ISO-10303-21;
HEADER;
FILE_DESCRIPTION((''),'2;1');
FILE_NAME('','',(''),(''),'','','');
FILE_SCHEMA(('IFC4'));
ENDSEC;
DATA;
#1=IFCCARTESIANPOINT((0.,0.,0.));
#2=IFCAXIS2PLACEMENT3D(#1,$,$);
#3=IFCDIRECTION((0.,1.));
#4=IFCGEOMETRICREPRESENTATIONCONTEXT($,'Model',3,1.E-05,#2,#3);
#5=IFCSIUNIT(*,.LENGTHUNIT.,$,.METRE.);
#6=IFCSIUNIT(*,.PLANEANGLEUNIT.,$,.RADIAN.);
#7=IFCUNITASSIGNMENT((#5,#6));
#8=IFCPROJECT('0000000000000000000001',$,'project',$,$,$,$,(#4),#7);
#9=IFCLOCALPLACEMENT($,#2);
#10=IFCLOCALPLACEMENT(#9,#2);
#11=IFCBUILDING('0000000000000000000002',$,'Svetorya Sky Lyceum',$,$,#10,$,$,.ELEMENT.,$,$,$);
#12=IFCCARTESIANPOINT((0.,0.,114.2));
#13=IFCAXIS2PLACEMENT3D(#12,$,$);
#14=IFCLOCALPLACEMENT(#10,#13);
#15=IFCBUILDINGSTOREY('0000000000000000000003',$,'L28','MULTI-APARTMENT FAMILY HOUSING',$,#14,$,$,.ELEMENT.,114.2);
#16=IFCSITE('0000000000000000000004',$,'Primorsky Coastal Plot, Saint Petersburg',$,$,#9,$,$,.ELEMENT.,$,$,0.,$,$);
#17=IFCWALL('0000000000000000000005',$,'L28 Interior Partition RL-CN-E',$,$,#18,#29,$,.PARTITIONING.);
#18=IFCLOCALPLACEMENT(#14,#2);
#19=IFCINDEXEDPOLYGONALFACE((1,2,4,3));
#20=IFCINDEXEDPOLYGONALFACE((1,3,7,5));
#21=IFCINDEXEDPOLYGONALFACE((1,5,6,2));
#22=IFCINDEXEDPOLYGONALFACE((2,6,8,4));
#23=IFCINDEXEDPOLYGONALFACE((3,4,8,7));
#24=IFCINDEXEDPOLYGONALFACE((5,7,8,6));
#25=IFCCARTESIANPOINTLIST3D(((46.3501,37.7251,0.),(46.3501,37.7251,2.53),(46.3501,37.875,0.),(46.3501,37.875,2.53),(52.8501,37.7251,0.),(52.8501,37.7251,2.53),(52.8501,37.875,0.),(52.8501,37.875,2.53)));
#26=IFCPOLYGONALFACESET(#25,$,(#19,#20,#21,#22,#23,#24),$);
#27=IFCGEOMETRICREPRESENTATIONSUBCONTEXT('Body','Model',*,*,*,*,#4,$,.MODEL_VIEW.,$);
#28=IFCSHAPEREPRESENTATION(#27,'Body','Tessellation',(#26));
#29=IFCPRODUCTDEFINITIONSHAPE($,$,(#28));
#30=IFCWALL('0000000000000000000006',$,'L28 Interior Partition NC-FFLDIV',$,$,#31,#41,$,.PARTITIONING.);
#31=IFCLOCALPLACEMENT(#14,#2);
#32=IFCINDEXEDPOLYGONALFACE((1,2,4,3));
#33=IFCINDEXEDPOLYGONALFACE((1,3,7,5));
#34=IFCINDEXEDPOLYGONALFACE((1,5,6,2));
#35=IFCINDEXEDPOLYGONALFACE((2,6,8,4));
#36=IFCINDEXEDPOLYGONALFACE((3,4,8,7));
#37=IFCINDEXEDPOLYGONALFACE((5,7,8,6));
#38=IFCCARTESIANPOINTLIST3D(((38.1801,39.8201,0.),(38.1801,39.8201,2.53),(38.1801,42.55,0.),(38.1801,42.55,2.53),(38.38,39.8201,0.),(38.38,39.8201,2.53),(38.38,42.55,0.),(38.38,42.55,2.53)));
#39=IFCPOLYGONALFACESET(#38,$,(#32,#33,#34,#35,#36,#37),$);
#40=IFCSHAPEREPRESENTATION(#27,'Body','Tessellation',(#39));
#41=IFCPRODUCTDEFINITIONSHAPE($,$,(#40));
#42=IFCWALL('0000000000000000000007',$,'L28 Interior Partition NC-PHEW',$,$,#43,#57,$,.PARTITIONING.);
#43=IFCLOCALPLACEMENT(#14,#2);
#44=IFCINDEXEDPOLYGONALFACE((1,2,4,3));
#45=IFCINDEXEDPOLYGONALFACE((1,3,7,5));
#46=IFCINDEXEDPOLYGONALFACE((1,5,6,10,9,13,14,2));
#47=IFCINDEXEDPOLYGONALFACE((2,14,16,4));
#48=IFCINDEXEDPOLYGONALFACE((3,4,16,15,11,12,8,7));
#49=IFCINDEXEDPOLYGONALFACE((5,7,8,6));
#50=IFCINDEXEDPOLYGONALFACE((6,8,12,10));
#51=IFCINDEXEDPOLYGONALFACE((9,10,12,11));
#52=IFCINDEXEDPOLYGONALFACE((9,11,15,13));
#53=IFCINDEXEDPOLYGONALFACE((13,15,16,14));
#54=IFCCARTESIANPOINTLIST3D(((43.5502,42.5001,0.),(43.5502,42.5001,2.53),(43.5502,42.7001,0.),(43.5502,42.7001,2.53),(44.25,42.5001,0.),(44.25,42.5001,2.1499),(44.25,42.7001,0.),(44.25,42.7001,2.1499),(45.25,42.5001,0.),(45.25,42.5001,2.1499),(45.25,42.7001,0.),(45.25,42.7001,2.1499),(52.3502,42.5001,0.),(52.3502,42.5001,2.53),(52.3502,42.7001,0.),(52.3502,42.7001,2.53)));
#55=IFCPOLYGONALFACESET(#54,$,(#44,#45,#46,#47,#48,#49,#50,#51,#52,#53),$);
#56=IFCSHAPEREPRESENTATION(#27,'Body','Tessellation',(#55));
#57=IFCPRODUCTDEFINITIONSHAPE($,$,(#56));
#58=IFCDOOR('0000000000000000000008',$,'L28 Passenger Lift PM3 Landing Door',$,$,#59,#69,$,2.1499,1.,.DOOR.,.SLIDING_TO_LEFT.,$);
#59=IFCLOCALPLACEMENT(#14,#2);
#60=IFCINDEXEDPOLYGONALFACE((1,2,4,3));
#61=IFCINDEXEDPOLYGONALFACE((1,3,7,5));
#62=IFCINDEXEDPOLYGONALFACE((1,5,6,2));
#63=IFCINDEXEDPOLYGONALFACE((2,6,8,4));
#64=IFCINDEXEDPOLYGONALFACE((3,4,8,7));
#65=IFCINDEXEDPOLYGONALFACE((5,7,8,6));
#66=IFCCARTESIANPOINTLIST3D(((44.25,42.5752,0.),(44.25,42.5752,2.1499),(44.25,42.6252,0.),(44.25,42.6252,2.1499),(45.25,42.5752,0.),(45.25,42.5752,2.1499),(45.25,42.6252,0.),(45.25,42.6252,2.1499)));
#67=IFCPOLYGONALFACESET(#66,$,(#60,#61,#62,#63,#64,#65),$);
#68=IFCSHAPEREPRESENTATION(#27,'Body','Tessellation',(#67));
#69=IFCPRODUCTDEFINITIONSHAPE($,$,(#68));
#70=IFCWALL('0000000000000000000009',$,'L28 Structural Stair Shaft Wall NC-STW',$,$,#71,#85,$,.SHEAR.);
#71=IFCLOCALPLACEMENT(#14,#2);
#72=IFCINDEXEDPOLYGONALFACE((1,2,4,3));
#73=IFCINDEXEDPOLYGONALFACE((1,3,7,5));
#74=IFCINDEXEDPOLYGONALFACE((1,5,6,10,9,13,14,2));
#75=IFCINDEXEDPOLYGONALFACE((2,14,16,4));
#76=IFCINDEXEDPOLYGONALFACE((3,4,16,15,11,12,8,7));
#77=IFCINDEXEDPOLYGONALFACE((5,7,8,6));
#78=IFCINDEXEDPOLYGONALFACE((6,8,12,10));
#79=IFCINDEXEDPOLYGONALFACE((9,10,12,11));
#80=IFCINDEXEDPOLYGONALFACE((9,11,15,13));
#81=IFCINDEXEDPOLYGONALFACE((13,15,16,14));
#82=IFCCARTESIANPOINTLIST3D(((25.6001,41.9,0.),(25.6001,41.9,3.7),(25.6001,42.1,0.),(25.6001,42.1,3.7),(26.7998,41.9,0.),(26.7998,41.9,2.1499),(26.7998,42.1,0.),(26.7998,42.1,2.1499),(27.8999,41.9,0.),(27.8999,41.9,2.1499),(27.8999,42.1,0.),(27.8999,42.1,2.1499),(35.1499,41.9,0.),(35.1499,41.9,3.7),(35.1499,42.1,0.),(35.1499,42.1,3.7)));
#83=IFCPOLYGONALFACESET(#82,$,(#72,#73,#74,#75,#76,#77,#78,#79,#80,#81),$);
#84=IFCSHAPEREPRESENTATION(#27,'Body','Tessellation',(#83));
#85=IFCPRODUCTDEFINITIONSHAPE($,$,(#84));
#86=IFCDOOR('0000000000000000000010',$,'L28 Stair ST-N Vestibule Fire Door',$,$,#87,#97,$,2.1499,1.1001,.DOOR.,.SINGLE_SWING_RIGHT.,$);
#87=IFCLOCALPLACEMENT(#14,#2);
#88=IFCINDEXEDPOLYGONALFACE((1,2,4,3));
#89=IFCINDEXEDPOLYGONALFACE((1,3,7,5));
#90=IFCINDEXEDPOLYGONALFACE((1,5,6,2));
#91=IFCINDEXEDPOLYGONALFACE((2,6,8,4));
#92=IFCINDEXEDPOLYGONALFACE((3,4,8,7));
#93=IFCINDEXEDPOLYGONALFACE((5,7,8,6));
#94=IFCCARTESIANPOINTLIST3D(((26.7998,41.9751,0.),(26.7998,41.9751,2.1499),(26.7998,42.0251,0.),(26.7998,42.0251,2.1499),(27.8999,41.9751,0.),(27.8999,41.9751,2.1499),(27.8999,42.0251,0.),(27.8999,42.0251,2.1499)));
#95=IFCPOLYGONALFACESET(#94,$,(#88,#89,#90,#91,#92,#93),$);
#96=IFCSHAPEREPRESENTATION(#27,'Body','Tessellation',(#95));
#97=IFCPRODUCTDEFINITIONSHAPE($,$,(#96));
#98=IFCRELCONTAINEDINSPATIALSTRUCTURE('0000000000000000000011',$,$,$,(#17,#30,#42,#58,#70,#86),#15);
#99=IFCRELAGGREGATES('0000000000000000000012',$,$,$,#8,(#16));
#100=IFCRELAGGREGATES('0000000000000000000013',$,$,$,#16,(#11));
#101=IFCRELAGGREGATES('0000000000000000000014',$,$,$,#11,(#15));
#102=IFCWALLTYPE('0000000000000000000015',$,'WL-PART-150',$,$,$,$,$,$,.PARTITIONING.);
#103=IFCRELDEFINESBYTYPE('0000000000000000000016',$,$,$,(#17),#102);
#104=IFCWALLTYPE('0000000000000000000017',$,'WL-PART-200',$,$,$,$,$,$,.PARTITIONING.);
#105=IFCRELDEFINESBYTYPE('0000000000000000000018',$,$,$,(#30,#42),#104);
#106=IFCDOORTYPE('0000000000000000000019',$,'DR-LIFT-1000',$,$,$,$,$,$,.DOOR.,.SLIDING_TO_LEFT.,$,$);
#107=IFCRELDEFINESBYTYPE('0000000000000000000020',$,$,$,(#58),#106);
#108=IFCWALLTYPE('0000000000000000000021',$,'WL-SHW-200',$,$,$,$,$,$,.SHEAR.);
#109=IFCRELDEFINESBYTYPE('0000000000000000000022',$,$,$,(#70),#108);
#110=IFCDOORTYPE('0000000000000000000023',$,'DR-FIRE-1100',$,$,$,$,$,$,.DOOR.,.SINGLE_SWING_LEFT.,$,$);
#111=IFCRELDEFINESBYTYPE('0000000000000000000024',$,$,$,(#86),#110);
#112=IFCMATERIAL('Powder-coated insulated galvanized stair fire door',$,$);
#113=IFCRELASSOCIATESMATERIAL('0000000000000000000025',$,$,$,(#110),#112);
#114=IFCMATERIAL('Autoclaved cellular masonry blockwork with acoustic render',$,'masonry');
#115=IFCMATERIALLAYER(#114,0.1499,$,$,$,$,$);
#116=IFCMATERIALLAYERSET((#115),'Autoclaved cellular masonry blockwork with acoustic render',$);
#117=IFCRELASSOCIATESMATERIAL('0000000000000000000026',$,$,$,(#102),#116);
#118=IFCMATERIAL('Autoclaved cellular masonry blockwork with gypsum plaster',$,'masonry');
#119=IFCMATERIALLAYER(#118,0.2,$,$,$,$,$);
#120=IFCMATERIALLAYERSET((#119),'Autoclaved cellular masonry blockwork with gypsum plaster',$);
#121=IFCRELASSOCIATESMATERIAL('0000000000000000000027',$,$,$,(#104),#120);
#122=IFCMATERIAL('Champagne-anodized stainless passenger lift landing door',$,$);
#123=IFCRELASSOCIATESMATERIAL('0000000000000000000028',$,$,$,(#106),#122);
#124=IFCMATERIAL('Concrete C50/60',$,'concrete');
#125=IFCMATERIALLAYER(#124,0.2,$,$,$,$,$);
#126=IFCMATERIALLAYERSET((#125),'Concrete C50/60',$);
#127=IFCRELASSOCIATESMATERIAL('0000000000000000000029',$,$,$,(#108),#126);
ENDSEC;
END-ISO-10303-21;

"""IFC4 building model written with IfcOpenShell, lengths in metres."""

from ifc_helpers import new_model, si_unit, direction, frame, frame_2d, origin, place, context, subcontext, project, spatial, rectangle, extrude, material, layer, layer_set, type_object, element, fill, save


model = new_model("IFC4")

# Units and contexts
model_context = context("Model", 3, precision=1e-05, world=origin(), true_north=direction((0.0, 1.0)))
body_context = subcontext(model_context, "Body", "Model", "MODEL_VIEW")
ifc_project = project(units=[si_unit("LENGTHUNIT", "METRE"), si_unit("PLANEANGLEUNIT", "RADIAN")], contexts=[model_context])

# Site, building, storey
site_placement = place(None, origin())
site = spatial("IfcSite", under=ifc_project, at=site_placement, Name="Primorsky Coastal Plot, Saint Petersburg", CompositionType="ELEMENT", RefElevation=0.0)
building_placement = place(site_placement, origin())
building = spatial("IfcBuilding", under=site, at=building_placement, Name="Svetorya Sky Lyceum", CompositionType="ELEMENT")
storey_placement = place(building_placement, frame((0.0, 0.0, 114.2)))
storey = spatial("IfcBuildingStorey", under=building, at=storey_placement, Name="L28", Description="MULTI-APARTMENT FAMILY HOUSING", CompositionType="ELEMENT", Elevation=114.2)

# Shared definitions
ifc_material_1 = material(Name="Concrete C50/60", Category="concrete")

# Shared definitions
ifc_material_2 = material(Name="Powder-coated insulated galvanized stair fire door")
door_type_1 = type_object("IfcDoorType", Name="DR-FIRE-1100", OperationType="SINGLE_SWING_LEFT", PredefinedType="DOOR", material=ifc_material_2)

# Wall
ifc_material_3 = material(Name="Autoclaved cellular masonry blockwork with acoustic render", Category="masonry")
ifc_layer_1 = layer(ifc_material_3, 0.1499)
ifc_layer_set_1 = layer_set([ifc_layer_1], Name="Autoclaved cellular masonry blockwork with acoustic render")
wall_type_1 = type_object("IfcWallType", Name="WL-PART-150", PredefinedType="PARTITIONING", material=ifc_layer_set_1)
wall_1_placement = place(storey_placement, frame((46.3501, 37.8, 0.0), z_axis=(0.0, 0.0, 1.0), x_axis=(1.0, 0.0, 0.0)))
element("IfcWall", 1, at=wall_1_placement, inside=storey, type_object=wall_type_1, Name="L28 Interior Partition RL-CN-E", PredefinedType="PARTITIONING", context=body_context, shape_type="SweptSolid", body=[
    extrude(rectangle(XDim=6.5, YDim=0.1499, at=frame_2d((3.25, 0.0))), origin(), (0.0, 0.0, 1.0), 2.53),
])

# Shared definitions
ifc_material_4 = material(Name="Autoclaved cellular masonry blockwork with gypsum plaster", Category="masonry")
ifc_layer_2 = layer(ifc_material_4, 0.2)
ifc_layer_set_2 = layer_set([ifc_layer_2], Name="Autoclaved cellular masonry blockwork with gypsum plaster")
wall_type_2 = type_object("IfcWallType", Name="WL-PART-200", PredefinedType="PARTITIONING", material=ifc_layer_set_2)

# Wall
wall_2_placement = place(storey_placement, frame((38.28, 39.8201, 0.0), z_axis=(0.0, 0.0, 1.0), x_axis=(0.0, 1.0, 0.0)))
element("IfcWall", 2, at=wall_2_placement, inside=storey, type_object=wall_type_2, Name="L28 Interior Partition NC-FFLDIV", PredefinedType="PARTITIONING", context=body_context, shape_type="SweptSolid", body=[
    extrude(rectangle(XDim=2.73, YDim=0.2, at=frame_2d((1.365, 0.0))), origin(), (0.0, 0.0, 1.0), 2.53),
])

# Shared definitions
ifc_material_5 = material(Name="Champagne-anodized stainless passenger lift landing door")
door_type_2 = type_object("IfcDoorType", Name="DR-LIFT-1000", OperationType="SLIDING_TO_LEFT", PredefinedType="DOOR", material=ifc_material_5)

# Walls, openings, doors
wall_3_placement = place(storey_placement, frame((52.3501, 42.6001, 0.0), z_axis=(0.0, 0.0, 1.0), x_axis=(-1.0, 0.0, 0.0)))
wall_3 = element("IfcWall", 3, at=wall_3_placement, inside=storey, type_object=wall_type_2, Name="L28 Interior Partition NC-PHEW", PredefinedType="PARTITIONING", context=body_context, shape_type="SweptSolid", body=[
    extrude(rectangle(XDim=8.8, YDim=0.2, at=frame_2d((4.3999, 0.0))), origin(), (0.0, 0.0, 1.0), 2.53),
])
opening_1_placement = place(wall_3_placement, frame((7.1001, 0.0, 0.0)))
opening_1 = element("IfcOpeningElement", 4, at=opening_1_placement, cuts=wall_3, PredefinedType="OPENING", context=body_context, shape_type="SweptSolid", body=[
    extrude(rectangle(XDim=1.0, YDim=2.1499, at=frame_2d((0.5, 1.075))), frame((0.0, 0.1099, 0.0), z_axis=(0.0, -1.0, 0.0), x_axis=(1.0, 0.0, 0.0)), (0.0, 0.0, 1.0), 0.22),
])
door_1_placement = place(opening_1_placement, origin())
door_1 = element("IfcDoor", 5, at=door_1_placement, inside=storey, type_object=door_type_2, Name="L28 Passenger Lift PM3 Landing Door", OperationType="SLIDING_TO_LEFT", OverallHeight=2.1499, OverallWidth=1.0, PredefinedType="DOOR", context=body_context, shape_type="SweptSolid", body=[
    extrude(rectangle(XDim=1.0, YDim=2.1499, at=frame_2d((0.5, 1.075))), frame((0.0, 0.0249, 0.0), z_axis=(0.0, -1.0, 0.0), x_axis=(1.0, 0.0, 0.0)), (0.0, 0.0, 1.0), 0.05),
])
fill(opening_1, door_1)
ifc_layer_3 = layer(ifc_material_1, 0.2)
ifc_layer_set_3 = layer_set([ifc_layer_3], Name="Concrete C50/60")
wall_type_3 = type_object("IfcWallType", Name="WL-SHW-200", PredefinedType="SHEAR", material=ifc_layer_set_3)
wall_4_placement = place(storey_placement, frame((35.1499, 42.0, 0.0), z_axis=(0.0, 0.0, 1.0), x_axis=(-1.0, 0.0, 0.0)))
wall_4 = element("IfcWall", 6, at=wall_4_placement, inside=storey, type_object=wall_type_3, Name="L28 Structural Stair Shaft Wall NC-STW", PredefinedType="SHEAR", context=body_context, shape_type="SweptSolid", body=[
    extrude(rectangle(XDim=9.5498, YDim=0.2, at=frame_2d((4.7749, 0.0))), origin(), (0.0, 0.0, 1.0), 3.7),
])
opening_2_placement = place(wall_4_placement, frame((7.25, 0.0, 0.0)))
opening_2 = element("IfcOpeningElement", 7, at=opening_2_placement, cuts=wall_4, PredefinedType="OPENING", context=body_context, shape_type="SweptSolid", body=[
    extrude(rectangle(XDim=1.1001, YDim=2.1499, at=frame_2d((0.55, 1.075))), frame((0.0, 0.1099, 0.0), z_axis=(0.0, -1.0, 0.0), x_axis=(1.0, 0.0, 0.0)), (0.0, 0.0, 1.0), 0.22),
])
door_2_placement = place(opening_2_placement, origin())
door_2 = element("IfcDoor", 8, at=door_2_placement, inside=storey, type_object=door_type_1, Name="L28 Stair ST-N Vestibule Fire Door", OperationType="SINGLE_SWING_RIGHT", OverallHeight=2.1499, OverallWidth=1.1001, PredefinedType="DOOR", context=body_context, shape_type="SweptSolid", body=[
    extrude(rectangle(XDim=1.1001, YDim=2.1499, at=frame_2d((0.55, 1.075))), frame((0.0, 0.0249, 0.0), z_axis=(0.0, -1.0, 0.0), x_axis=(1.0, 0.0, 0.0)), (0.0, 0.0, 1.0), 0.05),
])
fill(opening_2, door_2)

save(model, "model.ifc")
